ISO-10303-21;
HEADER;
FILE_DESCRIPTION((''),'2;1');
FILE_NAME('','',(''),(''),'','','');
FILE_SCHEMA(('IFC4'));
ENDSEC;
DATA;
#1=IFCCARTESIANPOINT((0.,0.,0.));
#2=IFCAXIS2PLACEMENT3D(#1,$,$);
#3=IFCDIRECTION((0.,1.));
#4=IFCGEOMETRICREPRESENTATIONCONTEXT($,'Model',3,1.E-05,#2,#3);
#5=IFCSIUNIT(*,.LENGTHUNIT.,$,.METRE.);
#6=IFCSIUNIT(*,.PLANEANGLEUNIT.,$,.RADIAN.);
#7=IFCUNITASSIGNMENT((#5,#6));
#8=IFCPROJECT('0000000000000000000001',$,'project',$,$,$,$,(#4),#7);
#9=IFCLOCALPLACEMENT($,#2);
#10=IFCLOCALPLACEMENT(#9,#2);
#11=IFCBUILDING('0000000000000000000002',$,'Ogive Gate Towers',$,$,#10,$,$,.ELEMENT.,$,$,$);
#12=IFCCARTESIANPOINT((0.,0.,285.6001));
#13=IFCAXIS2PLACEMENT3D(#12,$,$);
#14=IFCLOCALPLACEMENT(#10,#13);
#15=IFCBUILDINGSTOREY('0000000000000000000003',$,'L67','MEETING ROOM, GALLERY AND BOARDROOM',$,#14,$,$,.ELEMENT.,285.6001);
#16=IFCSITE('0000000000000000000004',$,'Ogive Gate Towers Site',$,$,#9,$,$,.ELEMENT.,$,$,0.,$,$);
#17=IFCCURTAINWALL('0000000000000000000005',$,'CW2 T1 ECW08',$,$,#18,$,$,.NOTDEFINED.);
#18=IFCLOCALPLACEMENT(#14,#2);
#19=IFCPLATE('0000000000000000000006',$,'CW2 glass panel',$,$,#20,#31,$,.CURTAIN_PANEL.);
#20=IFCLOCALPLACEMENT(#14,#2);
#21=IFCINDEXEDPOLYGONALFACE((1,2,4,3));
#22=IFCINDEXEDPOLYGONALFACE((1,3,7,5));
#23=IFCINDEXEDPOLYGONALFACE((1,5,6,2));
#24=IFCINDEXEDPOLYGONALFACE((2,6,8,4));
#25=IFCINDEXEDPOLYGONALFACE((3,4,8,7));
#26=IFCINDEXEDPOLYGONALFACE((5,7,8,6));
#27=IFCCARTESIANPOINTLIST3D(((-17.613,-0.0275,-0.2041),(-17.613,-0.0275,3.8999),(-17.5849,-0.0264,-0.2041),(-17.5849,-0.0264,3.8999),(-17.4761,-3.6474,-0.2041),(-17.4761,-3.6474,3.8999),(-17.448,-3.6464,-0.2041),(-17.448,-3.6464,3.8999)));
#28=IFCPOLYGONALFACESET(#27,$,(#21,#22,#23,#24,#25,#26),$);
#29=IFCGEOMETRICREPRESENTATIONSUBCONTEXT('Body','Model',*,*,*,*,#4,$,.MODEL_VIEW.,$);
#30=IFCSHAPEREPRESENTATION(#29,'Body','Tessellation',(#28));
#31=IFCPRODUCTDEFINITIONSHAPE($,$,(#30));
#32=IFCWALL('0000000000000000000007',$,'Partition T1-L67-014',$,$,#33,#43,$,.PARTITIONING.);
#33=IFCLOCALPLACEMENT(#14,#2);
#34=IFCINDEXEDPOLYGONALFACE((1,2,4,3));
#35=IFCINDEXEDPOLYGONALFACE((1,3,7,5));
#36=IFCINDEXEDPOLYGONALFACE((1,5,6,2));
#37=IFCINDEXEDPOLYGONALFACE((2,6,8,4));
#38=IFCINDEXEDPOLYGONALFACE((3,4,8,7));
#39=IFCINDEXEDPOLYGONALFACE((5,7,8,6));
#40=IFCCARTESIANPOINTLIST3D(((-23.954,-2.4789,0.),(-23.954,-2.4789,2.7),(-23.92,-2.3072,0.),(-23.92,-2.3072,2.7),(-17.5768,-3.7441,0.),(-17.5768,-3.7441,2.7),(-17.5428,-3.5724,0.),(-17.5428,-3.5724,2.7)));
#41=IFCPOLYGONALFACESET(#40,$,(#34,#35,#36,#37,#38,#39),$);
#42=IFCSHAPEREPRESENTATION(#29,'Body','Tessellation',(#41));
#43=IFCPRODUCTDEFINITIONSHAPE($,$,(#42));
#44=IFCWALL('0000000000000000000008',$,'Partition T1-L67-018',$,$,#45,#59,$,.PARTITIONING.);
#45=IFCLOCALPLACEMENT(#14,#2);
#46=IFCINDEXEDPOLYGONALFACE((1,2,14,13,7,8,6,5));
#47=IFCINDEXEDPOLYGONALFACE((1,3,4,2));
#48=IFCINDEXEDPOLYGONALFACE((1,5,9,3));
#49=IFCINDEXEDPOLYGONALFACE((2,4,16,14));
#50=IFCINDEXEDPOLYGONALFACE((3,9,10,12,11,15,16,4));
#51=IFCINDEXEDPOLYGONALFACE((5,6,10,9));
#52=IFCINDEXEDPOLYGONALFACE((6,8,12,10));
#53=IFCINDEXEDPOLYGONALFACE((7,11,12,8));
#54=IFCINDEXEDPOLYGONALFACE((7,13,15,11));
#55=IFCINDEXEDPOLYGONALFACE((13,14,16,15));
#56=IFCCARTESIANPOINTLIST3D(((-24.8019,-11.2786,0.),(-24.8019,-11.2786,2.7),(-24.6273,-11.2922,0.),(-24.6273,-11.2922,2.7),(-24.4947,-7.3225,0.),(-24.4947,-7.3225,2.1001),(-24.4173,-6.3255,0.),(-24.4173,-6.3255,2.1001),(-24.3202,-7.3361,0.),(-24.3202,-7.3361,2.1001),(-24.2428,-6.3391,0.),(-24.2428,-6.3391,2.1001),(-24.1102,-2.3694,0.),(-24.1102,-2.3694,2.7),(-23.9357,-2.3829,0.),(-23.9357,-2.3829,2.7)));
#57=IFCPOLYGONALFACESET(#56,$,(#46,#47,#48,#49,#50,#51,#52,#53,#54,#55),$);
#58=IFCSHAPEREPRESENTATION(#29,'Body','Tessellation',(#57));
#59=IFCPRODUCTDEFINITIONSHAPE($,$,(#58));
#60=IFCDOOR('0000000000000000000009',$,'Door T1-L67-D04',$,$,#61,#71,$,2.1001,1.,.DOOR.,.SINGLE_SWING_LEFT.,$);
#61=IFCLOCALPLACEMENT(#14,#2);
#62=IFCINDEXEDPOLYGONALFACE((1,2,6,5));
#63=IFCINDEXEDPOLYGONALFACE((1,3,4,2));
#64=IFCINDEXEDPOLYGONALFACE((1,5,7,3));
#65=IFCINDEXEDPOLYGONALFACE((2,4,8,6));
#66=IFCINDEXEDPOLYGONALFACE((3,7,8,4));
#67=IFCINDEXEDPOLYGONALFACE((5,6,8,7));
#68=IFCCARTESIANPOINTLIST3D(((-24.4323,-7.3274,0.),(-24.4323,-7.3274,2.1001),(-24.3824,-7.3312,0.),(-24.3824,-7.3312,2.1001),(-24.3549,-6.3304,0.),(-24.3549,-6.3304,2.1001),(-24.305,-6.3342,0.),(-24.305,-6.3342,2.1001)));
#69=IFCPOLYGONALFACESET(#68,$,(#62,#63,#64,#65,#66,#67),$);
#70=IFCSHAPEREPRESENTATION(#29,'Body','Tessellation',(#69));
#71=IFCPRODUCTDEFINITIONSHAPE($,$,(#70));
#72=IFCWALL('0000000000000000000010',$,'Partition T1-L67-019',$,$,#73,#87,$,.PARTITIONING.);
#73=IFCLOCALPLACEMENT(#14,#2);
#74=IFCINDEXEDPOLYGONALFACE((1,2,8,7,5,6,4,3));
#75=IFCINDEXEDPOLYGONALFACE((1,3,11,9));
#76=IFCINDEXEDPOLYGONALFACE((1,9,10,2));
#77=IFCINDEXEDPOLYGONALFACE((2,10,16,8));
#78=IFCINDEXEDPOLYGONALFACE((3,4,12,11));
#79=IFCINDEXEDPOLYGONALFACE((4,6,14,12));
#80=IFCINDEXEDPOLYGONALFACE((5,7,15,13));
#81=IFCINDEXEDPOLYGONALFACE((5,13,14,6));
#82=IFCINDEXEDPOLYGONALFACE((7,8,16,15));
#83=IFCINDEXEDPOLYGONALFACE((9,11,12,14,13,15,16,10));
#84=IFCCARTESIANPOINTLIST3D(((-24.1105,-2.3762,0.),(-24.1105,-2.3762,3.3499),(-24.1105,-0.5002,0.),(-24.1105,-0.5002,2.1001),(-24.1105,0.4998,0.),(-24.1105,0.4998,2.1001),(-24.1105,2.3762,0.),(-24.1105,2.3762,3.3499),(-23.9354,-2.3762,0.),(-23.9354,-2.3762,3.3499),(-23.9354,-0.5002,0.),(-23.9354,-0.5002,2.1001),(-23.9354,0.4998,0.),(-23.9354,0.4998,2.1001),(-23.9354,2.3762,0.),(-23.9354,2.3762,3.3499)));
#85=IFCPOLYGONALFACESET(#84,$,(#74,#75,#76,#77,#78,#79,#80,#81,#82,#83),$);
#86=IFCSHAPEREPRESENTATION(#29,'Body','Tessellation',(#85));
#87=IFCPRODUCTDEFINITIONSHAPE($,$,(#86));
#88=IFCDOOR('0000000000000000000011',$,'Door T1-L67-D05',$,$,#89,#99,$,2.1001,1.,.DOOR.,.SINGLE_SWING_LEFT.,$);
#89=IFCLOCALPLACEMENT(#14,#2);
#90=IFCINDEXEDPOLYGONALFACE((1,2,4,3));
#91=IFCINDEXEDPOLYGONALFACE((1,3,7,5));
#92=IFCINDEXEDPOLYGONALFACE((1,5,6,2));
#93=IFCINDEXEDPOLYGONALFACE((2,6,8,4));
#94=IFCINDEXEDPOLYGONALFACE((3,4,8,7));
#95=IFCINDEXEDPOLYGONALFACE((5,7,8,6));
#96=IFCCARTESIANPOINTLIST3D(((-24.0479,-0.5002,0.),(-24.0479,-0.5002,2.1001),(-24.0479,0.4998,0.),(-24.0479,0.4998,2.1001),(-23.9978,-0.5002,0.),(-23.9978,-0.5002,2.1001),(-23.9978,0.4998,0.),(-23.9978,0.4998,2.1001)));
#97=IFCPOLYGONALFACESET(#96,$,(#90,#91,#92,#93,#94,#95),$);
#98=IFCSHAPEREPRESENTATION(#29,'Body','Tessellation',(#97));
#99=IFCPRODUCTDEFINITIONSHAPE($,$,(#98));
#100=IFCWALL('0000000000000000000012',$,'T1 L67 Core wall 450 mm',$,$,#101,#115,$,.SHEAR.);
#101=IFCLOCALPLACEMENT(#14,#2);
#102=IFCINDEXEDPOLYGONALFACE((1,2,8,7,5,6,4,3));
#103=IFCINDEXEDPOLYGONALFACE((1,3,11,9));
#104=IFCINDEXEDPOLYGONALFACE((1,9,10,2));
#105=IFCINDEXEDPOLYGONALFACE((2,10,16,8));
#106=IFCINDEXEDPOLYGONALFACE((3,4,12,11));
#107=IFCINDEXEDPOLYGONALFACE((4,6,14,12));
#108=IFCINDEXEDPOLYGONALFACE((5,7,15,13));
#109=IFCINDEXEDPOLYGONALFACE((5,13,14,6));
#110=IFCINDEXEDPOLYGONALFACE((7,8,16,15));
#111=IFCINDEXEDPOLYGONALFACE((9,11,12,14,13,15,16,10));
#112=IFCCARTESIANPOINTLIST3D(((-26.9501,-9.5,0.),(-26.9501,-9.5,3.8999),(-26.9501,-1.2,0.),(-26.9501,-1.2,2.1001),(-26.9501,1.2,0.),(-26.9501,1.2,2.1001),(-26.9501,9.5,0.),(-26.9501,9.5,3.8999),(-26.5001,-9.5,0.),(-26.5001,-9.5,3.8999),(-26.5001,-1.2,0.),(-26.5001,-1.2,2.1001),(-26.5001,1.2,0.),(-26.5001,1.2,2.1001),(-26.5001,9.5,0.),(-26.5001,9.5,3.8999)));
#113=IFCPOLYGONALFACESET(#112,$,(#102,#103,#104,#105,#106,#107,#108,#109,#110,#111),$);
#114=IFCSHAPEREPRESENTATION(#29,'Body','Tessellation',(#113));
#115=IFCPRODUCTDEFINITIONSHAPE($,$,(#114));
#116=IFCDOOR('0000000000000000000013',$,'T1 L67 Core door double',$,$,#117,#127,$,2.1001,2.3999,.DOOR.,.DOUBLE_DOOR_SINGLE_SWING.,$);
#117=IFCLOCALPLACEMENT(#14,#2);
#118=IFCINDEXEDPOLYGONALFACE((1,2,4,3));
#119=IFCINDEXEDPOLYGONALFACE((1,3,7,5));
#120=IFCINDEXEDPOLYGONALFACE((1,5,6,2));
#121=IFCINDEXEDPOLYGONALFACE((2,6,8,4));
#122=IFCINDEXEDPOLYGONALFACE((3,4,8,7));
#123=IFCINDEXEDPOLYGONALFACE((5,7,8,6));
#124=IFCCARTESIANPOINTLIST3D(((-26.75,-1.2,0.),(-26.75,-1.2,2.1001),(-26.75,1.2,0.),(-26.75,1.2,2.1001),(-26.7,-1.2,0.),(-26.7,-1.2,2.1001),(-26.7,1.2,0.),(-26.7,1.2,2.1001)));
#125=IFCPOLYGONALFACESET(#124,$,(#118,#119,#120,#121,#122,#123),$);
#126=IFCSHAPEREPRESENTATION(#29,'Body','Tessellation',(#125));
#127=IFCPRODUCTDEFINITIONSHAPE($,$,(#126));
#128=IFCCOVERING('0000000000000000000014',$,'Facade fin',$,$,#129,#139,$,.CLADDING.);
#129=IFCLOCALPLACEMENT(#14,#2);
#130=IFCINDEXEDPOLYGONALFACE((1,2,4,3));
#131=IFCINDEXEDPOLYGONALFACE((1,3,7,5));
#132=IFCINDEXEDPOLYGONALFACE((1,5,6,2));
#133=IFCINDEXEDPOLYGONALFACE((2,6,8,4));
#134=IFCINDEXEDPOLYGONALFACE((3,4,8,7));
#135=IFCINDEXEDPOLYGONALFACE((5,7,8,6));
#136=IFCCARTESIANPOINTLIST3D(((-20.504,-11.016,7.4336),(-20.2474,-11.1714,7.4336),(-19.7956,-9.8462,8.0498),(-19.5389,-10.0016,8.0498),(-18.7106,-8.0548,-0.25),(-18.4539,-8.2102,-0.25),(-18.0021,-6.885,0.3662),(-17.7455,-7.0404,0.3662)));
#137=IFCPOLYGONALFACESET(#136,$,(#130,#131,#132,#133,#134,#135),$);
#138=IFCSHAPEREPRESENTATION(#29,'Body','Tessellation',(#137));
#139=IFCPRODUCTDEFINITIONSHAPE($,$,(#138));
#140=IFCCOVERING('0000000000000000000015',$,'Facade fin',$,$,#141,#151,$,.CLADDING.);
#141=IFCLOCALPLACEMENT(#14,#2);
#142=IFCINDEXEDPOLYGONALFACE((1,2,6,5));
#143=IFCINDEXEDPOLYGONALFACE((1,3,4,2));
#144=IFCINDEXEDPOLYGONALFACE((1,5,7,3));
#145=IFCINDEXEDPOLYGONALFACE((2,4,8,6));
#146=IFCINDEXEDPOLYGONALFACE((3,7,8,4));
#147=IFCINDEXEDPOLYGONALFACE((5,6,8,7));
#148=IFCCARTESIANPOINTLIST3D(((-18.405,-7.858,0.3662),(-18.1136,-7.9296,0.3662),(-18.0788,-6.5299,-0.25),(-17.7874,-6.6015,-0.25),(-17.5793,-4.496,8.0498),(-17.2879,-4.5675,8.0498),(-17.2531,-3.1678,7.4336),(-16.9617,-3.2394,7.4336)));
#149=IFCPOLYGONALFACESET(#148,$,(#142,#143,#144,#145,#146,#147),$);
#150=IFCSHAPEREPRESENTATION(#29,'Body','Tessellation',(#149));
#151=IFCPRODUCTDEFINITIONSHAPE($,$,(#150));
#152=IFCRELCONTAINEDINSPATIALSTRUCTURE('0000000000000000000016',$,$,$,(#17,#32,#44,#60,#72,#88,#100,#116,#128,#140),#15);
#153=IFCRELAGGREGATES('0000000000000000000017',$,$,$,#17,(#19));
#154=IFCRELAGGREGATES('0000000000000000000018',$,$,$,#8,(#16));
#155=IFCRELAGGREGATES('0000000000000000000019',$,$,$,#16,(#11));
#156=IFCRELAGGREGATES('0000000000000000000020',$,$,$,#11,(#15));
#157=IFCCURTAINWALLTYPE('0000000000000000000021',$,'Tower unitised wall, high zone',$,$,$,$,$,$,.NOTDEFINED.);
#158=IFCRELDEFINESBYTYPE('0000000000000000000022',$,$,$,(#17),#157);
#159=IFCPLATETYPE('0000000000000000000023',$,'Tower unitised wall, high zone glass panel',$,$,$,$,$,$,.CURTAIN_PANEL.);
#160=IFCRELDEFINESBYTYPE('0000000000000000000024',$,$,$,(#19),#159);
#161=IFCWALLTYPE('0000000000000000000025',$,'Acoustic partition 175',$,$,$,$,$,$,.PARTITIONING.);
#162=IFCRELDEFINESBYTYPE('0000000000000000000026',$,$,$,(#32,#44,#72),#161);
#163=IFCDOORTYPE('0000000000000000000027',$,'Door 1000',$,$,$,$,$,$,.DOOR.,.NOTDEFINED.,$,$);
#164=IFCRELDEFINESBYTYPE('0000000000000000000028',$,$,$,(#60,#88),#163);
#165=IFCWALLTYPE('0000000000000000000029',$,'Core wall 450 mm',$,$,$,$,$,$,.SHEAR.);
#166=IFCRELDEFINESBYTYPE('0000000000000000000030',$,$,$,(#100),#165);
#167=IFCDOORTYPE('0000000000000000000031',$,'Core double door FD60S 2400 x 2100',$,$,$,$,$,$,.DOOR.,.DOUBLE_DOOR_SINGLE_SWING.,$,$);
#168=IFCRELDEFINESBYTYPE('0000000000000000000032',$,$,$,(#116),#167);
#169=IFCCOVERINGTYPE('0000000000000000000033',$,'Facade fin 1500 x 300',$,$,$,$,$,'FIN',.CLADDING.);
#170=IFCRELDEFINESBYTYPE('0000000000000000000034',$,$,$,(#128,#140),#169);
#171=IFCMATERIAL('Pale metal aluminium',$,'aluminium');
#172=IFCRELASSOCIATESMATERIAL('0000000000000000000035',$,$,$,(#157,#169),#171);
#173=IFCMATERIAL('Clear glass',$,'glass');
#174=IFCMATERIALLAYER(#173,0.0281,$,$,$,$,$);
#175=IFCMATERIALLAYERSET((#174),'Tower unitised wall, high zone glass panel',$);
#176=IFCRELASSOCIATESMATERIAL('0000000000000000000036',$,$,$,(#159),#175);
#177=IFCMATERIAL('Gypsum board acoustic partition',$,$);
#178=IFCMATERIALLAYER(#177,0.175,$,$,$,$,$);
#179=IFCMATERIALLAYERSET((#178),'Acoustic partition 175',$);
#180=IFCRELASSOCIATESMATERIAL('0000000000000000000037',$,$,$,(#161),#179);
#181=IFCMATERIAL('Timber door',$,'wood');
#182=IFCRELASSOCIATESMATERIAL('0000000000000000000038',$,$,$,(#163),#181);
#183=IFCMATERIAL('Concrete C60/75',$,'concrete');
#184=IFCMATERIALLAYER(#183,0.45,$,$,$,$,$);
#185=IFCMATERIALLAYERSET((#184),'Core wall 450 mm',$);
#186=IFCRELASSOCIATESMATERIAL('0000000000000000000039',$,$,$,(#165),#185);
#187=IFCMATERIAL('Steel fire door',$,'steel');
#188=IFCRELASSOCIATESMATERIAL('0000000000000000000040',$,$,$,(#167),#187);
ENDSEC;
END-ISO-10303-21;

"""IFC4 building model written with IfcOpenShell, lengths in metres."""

from ifc_helpers import new_model, si_unit, direction, frame, frame_2d, origin, origin_2d, place, context, subcontext, project, spatial, rectangle, extrude, material, layer, layer_set, material_profile, profile_set, type_object, element, fill, aggregate, save


model = new_model("IFC4")

# Units and contexts
model_context = context("Model", 3, precision=1e-05, world=origin(), true_north=direction((0.0, 1.0)))
body_context = subcontext(model_context, "Body", "Model", "MODEL_VIEW")
ifc_project = project(units=[si_unit("LENGTHUNIT", "METRE"), si_unit("PLANEANGLEUNIT", "RADIAN")], contexts=[model_context])

# Site, building, storey
site_placement = place(None, origin())
site = spatial("IfcSite", under=ifc_project, at=site_placement, Name="Ogive Gate Towers Site", CompositionType="ELEMENT", RefElevation=0.0)
building_placement = place(site_placement, origin())
building = spatial("IfcBuilding", under=site, at=building_placement, Name="Ogive Gate Towers", CompositionType="ELEMENT")
storey_placement = place(building_placement, frame((0.0, 0.0, 285.6001)))
storey = spatial("IfcBuildingStorey", under=building, at=storey_placement, Name="L67", Description="MEETING ROOM, GALLERY AND BOARDROOM", CompositionType="ELEMENT", Elevation=285.6001)

# Curtain wall, plate
ifc_material_1 = material(Name="Pale metal aluminium", Category="aluminium")
curtain_wall_type = type_object("IfcCurtainWallType", Name="Tower unitised wall, high zone", PredefinedType="NOTDEFINED", material=ifc_material_1)
curtain_wall_placement = place(storey_placement, origin())
curtain_wall = element("IfcCurtainWall", 1, at=curtain_wall_placement, inside=storey, type_object=curtain_wall_type, Name="CW2 T1 ECW08", PredefinedType="NOTDEFINED")
ifc_material_2 = material(Name="Clear glass", Category="glass")
ifc_layer_1 = layer(ifc_material_2, 0.0281)
ifc_layer_set_1 = layer_set([ifc_layer_1], Name="Tower unitised wall, high zone glass panel")
plate_type = type_object("IfcPlateType", Name="Tower unitised wall, high zone glass panel", PredefinedType="CURTAIN_PANEL", material=ifc_layer_set_1)
plate_1_placement = place(storey_placement, frame((-17.5305, -1.8369, -0.2041), z_axis=(0.0, 0.0, 1.0), x_axis=(-0.037795, 0.999286, 0.0)))
plate_1 = element("IfcPlate", 2, at=plate_1_placement, type_object=plate_type, Name="CW2 glass panel", PredefinedType="CURTAIN_PANEL", context=body_context, shape_type="SweptSolid", body=[
    extrude(rectangle(XDim=3.6226, YDim=0.0281, at=origin_2d()), origin(), (0.0, 0.0, 1.0), 4.104),
])
aggregate(curtain_wall, [plate_1])

# Wall
ifc_material_3 = material(Name="Gypsum board acoustic partition")
ifc_layer_2 = layer(ifc_material_3, 0.175)
ifc_layer_set_2 = layer_set([ifc_layer_2], Name="Acoustic partition 175")
wall_type_1 = type_object("IfcWallType", Name="Acoustic partition 175", PredefinedType="PARTITIONING", material=ifc_layer_set_2)
wall_1_placement = place(storey_placement, frame((-17.5598, -3.6582, 0.0), z_axis=(0.0, 0.0, 1.0), x_axis=(-0.980884, 0.194592, 0.0)))
element("IfcWall", 3, at=wall_1_placement, inside=storey, type_object=wall_type_1, Name="Partition T1-L67-014", PredefinedType="PARTITIONING", context=body_context, shape_type="SweptSolid", body=[
    extrude(rectangle(XDim=6.5015, YDim=0.175, at=frame_2d((3.2507, 0.0))), origin(), (0.0, 0.0, 1.0), 2.7),
])

# Walls, openings, doors
wall_2_placement = place(storey_placement, frame((-24.7146, -11.2854, 0.0), z_axis=(0.0, 0.0, 1.0), x_axis=(0.077401, 0.997, 0.0)))
wall_2 = element("IfcWall", 4, at=wall_2_placement, inside=storey, type_object=wall_type_1, Name="Partition T1-L67-018", PredefinedType="PARTITIONING", context=body_context, shape_type="SweptSolid", body=[
    extrude(rectangle(XDim=8.936, YDim=0.175, at=frame_2d((4.468, 0.0))), origin(), (0.0, 0.0, 1.0), 2.7),
])
opening_1_placement = place(wall_2_placement, frame((3.968, 0.0, 0.0)))
opening_1 = element("IfcOpeningElement", 5, at=opening_1_placement, cuts=wall_2, PredefinedType="OPENING", context=body_context, shape_type="SweptSolid", body=[
    extrude(rectangle(XDim=1.0, YDim=2.1001, at=frame_2d((0.5, 1.05))), frame((0.0, 0.0977, 0.0), z_axis=(0.0, -1.0, 0.0), x_axis=(1.0, 0.0, 0.0)), (0.0, 0.0, 1.0), 0.1951),
])
ifc_material_4 = material(Name="Timber door", Category="wood")
door_type_1 = type_object("IfcDoorType", Name="Door 1000", OperationType="NOTDEFINED", PredefinedType="DOOR", material=ifc_material_4)
door_1_placement = place(opening_1_placement, origin())
door_1 = element("IfcDoor", 6, at=door_1_placement, inside=storey, type_object=door_type_1, Name="Door T1-L67-D04", OperationType="SINGLE_SWING_LEFT", OverallHeight=2.1001, OverallWidth=1.0, PredefinedType="DOOR", context=body_context, shape_type="SweptSolid", body=[
    extrude(rectangle(XDim=1.0, YDim=2.1001, at=frame_2d((0.5, 1.05))), frame((0.0, 0.0249, 0.0), z_axis=(0.0, -1.0, 0.0), x_axis=(1.0, 0.0, 0.0)), (0.0, 0.0, 1.0), 0.05),
])
fill(opening_1, door_1)
wall_3_placement = place(storey_placement, frame((-24.0229, -2.3762, 0.0), z_axis=(0.0, 0.0, 1.0), x_axis=(0.0, 1.0, 0.0)))
wall_3 = element("IfcWall", 7, at=wall_3_placement, inside=storey, type_object=wall_type_1, Name="Partition T1-L67-019", PredefinedType="PARTITIONING", context=body_context, shape_type="SweptSolid", body=[
    extrude(rectangle(XDim=4.7524, YDim=0.175, at=frame_2d((2.3762, 0.0))), origin(), (0.0, 0.0, 1.0), 3.3499),
])
opening_2_placement = place(wall_3_placement, frame((1.876, 0.0, 0.0)))
opening_2 = element("IfcOpeningElement", 8, at=opening_2_placement, cuts=wall_3, PredefinedType="OPENING", context=body_context, shape_type="SweptSolid", body=[
    extrude(rectangle(XDim=1.0, YDim=2.1001, at=frame_2d((0.5, 1.05))), frame((0.0, 0.0977, 0.0), z_axis=(0.0, -1.0, 0.0), x_axis=(1.0, 0.0, 0.0)), (0.0, 0.0, 1.0), 0.1951),
])
door_2_placement = place(opening_2_placement, origin())
door_2 = element("IfcDoor", 9, at=door_2_placement, inside=storey, type_object=door_type_1, Name="Door T1-L67-D05", OperationType="SINGLE_SWING_LEFT", OverallHeight=2.1001, OverallWidth=1.0, PredefinedType="DOOR", context=body_context, shape_type="SweptSolid", body=[
    extrude(rectangle(XDim=1.0, YDim=2.1001, at=frame_2d((0.5, 1.05))), frame((0.0, 0.0249, 0.0), z_axis=(0.0, -1.0, 0.0), x_axis=(1.0, 0.0, 0.0)), (0.0, 0.0, 1.0), 0.05),
])
fill(opening_2, door_2)
ifc_material_5 = material(Name="Concrete C60/75", Category="concrete")
ifc_layer_3 = layer(ifc_material_5, 0.45)
ifc_layer_set_3 = layer_set([ifc_layer_3], Name="Core wall 450 mm")
wall_type_2 = type_object("IfcWallType", Name="Core wall 450 mm", PredefinedType="SHEAR", material=ifc_layer_set_3)
wall_4_placement = place(storey_placement, frame((-26.7251, -9.5, 0.0), z_axis=(0.0, 0.0, 1.0), x_axis=(0.0, 1.0, 0.0)))
wall_4 = element("IfcWall", 10, at=wall_4_placement, inside=storey, type_object=wall_type_2, Name="T1 L67 Core wall 450 mm", PredefinedType="SHEAR", context=body_context, shape_type="SweptSolid", body=[
    extrude(rectangle(XDim=19.0, YDim=0.45, at=frame_2d((9.5, 0.0))), origin(), (0.0, 0.0, 1.0), 3.8999),
])
opening_3_placement = place(wall_4_placement, frame((8.3, 0.0, 0.0)))
opening_3 = element("IfcOpeningElement", 11, at=opening_3_placement, cuts=wall_4, PredefinedType="OPENING", context=body_context, shape_type="SweptSolid", body=[
    extrude(rectangle(XDim=2.3999, YDim=2.1001, at=frame_2d((1.2, 1.05))), frame((0.0, 0.2349, 0.0), z_axis=(0.0, -1.0, 0.0), x_axis=(1.0, 0.0, 0.0)), (0.0, 0.0, 1.0), 0.47),
])
ifc_material_6 = material(Name="Steel fire door", Category="steel")
door_type_2 = type_object("IfcDoorType", Name="Core double door FD60S 2400 x 2100", OperationType="DOUBLE_DOOR_SINGLE_SWING", PredefinedType="DOOR", material=ifc_material_6)
door_3_placement = place(opening_3_placement, origin())
door_3 = element("IfcDoor", 12, at=door_3_placement, inside=storey, type_object=door_type_2, Name="T1 L67 Core door double", OperationType="DOUBLE_DOOR_SINGLE_SWING", OverallHeight=2.1001, OverallWidth=2.3999, PredefinedType="DOOR", context=body_context, shape_type="SweptSolid", body=[
    extrude(rectangle(XDim=2.3999, YDim=2.1001, at=frame_2d((1.2, 1.05))), frame((0.0, 0.0249, 0.0), z_axis=(0.0, -1.0, 0.0), x_axis=(1.0, 0.0, 0.0)), (0.0, 0.0, 1.0), 0.05),
])
fill(opening_3, door_3)

# Coverings
ifc_material_profile_1 = material_profile(ifc_material_1, rectangle(XDim=0.3, YDim=1.5, at=origin_2d()), Name="1500 x 300 pale metal aluminium")
ifc_profile_set_1 = profile_set([ifc_material_profile_1], Name="Pale metal aluminium")
covering_type = type_object("IfcCoveringType", Name="Facade fin 1500 x 300", ElementType="FIN", PredefinedType="CLADDING", material=ifc_profile_set_1)
for number, where, z_axis, x_axis, name in (
    (13, (-18.228, -7.5476, 0.0581), (-0.21281, -0.351371, 0.911729), (0.855351, -0.518048, 0.0), "Facade fin"),
    (14, (-18.0962, -7.2297, 0.0581), (0.097975, 0.398939, 0.911728), (-0.971142, 0.238501, 0.0), "Facade fin"),
):
    element("IfcCovering", number, at=place(storey_placement, frame(where, z_axis=z_axis, x_axis=x_axis)), inside=storey, type_object=covering_type, Name=name, PredefinedType="CLADDING", context=body_context, shape_type="SweptSolid", body=[
        extrude(rectangle(XDim=0.3, YDim=1.5, at=origin_2d()), origin(), (0.0, 0.0, 1.0), 8.4275),
    ])

save(model, "model.ifc")
